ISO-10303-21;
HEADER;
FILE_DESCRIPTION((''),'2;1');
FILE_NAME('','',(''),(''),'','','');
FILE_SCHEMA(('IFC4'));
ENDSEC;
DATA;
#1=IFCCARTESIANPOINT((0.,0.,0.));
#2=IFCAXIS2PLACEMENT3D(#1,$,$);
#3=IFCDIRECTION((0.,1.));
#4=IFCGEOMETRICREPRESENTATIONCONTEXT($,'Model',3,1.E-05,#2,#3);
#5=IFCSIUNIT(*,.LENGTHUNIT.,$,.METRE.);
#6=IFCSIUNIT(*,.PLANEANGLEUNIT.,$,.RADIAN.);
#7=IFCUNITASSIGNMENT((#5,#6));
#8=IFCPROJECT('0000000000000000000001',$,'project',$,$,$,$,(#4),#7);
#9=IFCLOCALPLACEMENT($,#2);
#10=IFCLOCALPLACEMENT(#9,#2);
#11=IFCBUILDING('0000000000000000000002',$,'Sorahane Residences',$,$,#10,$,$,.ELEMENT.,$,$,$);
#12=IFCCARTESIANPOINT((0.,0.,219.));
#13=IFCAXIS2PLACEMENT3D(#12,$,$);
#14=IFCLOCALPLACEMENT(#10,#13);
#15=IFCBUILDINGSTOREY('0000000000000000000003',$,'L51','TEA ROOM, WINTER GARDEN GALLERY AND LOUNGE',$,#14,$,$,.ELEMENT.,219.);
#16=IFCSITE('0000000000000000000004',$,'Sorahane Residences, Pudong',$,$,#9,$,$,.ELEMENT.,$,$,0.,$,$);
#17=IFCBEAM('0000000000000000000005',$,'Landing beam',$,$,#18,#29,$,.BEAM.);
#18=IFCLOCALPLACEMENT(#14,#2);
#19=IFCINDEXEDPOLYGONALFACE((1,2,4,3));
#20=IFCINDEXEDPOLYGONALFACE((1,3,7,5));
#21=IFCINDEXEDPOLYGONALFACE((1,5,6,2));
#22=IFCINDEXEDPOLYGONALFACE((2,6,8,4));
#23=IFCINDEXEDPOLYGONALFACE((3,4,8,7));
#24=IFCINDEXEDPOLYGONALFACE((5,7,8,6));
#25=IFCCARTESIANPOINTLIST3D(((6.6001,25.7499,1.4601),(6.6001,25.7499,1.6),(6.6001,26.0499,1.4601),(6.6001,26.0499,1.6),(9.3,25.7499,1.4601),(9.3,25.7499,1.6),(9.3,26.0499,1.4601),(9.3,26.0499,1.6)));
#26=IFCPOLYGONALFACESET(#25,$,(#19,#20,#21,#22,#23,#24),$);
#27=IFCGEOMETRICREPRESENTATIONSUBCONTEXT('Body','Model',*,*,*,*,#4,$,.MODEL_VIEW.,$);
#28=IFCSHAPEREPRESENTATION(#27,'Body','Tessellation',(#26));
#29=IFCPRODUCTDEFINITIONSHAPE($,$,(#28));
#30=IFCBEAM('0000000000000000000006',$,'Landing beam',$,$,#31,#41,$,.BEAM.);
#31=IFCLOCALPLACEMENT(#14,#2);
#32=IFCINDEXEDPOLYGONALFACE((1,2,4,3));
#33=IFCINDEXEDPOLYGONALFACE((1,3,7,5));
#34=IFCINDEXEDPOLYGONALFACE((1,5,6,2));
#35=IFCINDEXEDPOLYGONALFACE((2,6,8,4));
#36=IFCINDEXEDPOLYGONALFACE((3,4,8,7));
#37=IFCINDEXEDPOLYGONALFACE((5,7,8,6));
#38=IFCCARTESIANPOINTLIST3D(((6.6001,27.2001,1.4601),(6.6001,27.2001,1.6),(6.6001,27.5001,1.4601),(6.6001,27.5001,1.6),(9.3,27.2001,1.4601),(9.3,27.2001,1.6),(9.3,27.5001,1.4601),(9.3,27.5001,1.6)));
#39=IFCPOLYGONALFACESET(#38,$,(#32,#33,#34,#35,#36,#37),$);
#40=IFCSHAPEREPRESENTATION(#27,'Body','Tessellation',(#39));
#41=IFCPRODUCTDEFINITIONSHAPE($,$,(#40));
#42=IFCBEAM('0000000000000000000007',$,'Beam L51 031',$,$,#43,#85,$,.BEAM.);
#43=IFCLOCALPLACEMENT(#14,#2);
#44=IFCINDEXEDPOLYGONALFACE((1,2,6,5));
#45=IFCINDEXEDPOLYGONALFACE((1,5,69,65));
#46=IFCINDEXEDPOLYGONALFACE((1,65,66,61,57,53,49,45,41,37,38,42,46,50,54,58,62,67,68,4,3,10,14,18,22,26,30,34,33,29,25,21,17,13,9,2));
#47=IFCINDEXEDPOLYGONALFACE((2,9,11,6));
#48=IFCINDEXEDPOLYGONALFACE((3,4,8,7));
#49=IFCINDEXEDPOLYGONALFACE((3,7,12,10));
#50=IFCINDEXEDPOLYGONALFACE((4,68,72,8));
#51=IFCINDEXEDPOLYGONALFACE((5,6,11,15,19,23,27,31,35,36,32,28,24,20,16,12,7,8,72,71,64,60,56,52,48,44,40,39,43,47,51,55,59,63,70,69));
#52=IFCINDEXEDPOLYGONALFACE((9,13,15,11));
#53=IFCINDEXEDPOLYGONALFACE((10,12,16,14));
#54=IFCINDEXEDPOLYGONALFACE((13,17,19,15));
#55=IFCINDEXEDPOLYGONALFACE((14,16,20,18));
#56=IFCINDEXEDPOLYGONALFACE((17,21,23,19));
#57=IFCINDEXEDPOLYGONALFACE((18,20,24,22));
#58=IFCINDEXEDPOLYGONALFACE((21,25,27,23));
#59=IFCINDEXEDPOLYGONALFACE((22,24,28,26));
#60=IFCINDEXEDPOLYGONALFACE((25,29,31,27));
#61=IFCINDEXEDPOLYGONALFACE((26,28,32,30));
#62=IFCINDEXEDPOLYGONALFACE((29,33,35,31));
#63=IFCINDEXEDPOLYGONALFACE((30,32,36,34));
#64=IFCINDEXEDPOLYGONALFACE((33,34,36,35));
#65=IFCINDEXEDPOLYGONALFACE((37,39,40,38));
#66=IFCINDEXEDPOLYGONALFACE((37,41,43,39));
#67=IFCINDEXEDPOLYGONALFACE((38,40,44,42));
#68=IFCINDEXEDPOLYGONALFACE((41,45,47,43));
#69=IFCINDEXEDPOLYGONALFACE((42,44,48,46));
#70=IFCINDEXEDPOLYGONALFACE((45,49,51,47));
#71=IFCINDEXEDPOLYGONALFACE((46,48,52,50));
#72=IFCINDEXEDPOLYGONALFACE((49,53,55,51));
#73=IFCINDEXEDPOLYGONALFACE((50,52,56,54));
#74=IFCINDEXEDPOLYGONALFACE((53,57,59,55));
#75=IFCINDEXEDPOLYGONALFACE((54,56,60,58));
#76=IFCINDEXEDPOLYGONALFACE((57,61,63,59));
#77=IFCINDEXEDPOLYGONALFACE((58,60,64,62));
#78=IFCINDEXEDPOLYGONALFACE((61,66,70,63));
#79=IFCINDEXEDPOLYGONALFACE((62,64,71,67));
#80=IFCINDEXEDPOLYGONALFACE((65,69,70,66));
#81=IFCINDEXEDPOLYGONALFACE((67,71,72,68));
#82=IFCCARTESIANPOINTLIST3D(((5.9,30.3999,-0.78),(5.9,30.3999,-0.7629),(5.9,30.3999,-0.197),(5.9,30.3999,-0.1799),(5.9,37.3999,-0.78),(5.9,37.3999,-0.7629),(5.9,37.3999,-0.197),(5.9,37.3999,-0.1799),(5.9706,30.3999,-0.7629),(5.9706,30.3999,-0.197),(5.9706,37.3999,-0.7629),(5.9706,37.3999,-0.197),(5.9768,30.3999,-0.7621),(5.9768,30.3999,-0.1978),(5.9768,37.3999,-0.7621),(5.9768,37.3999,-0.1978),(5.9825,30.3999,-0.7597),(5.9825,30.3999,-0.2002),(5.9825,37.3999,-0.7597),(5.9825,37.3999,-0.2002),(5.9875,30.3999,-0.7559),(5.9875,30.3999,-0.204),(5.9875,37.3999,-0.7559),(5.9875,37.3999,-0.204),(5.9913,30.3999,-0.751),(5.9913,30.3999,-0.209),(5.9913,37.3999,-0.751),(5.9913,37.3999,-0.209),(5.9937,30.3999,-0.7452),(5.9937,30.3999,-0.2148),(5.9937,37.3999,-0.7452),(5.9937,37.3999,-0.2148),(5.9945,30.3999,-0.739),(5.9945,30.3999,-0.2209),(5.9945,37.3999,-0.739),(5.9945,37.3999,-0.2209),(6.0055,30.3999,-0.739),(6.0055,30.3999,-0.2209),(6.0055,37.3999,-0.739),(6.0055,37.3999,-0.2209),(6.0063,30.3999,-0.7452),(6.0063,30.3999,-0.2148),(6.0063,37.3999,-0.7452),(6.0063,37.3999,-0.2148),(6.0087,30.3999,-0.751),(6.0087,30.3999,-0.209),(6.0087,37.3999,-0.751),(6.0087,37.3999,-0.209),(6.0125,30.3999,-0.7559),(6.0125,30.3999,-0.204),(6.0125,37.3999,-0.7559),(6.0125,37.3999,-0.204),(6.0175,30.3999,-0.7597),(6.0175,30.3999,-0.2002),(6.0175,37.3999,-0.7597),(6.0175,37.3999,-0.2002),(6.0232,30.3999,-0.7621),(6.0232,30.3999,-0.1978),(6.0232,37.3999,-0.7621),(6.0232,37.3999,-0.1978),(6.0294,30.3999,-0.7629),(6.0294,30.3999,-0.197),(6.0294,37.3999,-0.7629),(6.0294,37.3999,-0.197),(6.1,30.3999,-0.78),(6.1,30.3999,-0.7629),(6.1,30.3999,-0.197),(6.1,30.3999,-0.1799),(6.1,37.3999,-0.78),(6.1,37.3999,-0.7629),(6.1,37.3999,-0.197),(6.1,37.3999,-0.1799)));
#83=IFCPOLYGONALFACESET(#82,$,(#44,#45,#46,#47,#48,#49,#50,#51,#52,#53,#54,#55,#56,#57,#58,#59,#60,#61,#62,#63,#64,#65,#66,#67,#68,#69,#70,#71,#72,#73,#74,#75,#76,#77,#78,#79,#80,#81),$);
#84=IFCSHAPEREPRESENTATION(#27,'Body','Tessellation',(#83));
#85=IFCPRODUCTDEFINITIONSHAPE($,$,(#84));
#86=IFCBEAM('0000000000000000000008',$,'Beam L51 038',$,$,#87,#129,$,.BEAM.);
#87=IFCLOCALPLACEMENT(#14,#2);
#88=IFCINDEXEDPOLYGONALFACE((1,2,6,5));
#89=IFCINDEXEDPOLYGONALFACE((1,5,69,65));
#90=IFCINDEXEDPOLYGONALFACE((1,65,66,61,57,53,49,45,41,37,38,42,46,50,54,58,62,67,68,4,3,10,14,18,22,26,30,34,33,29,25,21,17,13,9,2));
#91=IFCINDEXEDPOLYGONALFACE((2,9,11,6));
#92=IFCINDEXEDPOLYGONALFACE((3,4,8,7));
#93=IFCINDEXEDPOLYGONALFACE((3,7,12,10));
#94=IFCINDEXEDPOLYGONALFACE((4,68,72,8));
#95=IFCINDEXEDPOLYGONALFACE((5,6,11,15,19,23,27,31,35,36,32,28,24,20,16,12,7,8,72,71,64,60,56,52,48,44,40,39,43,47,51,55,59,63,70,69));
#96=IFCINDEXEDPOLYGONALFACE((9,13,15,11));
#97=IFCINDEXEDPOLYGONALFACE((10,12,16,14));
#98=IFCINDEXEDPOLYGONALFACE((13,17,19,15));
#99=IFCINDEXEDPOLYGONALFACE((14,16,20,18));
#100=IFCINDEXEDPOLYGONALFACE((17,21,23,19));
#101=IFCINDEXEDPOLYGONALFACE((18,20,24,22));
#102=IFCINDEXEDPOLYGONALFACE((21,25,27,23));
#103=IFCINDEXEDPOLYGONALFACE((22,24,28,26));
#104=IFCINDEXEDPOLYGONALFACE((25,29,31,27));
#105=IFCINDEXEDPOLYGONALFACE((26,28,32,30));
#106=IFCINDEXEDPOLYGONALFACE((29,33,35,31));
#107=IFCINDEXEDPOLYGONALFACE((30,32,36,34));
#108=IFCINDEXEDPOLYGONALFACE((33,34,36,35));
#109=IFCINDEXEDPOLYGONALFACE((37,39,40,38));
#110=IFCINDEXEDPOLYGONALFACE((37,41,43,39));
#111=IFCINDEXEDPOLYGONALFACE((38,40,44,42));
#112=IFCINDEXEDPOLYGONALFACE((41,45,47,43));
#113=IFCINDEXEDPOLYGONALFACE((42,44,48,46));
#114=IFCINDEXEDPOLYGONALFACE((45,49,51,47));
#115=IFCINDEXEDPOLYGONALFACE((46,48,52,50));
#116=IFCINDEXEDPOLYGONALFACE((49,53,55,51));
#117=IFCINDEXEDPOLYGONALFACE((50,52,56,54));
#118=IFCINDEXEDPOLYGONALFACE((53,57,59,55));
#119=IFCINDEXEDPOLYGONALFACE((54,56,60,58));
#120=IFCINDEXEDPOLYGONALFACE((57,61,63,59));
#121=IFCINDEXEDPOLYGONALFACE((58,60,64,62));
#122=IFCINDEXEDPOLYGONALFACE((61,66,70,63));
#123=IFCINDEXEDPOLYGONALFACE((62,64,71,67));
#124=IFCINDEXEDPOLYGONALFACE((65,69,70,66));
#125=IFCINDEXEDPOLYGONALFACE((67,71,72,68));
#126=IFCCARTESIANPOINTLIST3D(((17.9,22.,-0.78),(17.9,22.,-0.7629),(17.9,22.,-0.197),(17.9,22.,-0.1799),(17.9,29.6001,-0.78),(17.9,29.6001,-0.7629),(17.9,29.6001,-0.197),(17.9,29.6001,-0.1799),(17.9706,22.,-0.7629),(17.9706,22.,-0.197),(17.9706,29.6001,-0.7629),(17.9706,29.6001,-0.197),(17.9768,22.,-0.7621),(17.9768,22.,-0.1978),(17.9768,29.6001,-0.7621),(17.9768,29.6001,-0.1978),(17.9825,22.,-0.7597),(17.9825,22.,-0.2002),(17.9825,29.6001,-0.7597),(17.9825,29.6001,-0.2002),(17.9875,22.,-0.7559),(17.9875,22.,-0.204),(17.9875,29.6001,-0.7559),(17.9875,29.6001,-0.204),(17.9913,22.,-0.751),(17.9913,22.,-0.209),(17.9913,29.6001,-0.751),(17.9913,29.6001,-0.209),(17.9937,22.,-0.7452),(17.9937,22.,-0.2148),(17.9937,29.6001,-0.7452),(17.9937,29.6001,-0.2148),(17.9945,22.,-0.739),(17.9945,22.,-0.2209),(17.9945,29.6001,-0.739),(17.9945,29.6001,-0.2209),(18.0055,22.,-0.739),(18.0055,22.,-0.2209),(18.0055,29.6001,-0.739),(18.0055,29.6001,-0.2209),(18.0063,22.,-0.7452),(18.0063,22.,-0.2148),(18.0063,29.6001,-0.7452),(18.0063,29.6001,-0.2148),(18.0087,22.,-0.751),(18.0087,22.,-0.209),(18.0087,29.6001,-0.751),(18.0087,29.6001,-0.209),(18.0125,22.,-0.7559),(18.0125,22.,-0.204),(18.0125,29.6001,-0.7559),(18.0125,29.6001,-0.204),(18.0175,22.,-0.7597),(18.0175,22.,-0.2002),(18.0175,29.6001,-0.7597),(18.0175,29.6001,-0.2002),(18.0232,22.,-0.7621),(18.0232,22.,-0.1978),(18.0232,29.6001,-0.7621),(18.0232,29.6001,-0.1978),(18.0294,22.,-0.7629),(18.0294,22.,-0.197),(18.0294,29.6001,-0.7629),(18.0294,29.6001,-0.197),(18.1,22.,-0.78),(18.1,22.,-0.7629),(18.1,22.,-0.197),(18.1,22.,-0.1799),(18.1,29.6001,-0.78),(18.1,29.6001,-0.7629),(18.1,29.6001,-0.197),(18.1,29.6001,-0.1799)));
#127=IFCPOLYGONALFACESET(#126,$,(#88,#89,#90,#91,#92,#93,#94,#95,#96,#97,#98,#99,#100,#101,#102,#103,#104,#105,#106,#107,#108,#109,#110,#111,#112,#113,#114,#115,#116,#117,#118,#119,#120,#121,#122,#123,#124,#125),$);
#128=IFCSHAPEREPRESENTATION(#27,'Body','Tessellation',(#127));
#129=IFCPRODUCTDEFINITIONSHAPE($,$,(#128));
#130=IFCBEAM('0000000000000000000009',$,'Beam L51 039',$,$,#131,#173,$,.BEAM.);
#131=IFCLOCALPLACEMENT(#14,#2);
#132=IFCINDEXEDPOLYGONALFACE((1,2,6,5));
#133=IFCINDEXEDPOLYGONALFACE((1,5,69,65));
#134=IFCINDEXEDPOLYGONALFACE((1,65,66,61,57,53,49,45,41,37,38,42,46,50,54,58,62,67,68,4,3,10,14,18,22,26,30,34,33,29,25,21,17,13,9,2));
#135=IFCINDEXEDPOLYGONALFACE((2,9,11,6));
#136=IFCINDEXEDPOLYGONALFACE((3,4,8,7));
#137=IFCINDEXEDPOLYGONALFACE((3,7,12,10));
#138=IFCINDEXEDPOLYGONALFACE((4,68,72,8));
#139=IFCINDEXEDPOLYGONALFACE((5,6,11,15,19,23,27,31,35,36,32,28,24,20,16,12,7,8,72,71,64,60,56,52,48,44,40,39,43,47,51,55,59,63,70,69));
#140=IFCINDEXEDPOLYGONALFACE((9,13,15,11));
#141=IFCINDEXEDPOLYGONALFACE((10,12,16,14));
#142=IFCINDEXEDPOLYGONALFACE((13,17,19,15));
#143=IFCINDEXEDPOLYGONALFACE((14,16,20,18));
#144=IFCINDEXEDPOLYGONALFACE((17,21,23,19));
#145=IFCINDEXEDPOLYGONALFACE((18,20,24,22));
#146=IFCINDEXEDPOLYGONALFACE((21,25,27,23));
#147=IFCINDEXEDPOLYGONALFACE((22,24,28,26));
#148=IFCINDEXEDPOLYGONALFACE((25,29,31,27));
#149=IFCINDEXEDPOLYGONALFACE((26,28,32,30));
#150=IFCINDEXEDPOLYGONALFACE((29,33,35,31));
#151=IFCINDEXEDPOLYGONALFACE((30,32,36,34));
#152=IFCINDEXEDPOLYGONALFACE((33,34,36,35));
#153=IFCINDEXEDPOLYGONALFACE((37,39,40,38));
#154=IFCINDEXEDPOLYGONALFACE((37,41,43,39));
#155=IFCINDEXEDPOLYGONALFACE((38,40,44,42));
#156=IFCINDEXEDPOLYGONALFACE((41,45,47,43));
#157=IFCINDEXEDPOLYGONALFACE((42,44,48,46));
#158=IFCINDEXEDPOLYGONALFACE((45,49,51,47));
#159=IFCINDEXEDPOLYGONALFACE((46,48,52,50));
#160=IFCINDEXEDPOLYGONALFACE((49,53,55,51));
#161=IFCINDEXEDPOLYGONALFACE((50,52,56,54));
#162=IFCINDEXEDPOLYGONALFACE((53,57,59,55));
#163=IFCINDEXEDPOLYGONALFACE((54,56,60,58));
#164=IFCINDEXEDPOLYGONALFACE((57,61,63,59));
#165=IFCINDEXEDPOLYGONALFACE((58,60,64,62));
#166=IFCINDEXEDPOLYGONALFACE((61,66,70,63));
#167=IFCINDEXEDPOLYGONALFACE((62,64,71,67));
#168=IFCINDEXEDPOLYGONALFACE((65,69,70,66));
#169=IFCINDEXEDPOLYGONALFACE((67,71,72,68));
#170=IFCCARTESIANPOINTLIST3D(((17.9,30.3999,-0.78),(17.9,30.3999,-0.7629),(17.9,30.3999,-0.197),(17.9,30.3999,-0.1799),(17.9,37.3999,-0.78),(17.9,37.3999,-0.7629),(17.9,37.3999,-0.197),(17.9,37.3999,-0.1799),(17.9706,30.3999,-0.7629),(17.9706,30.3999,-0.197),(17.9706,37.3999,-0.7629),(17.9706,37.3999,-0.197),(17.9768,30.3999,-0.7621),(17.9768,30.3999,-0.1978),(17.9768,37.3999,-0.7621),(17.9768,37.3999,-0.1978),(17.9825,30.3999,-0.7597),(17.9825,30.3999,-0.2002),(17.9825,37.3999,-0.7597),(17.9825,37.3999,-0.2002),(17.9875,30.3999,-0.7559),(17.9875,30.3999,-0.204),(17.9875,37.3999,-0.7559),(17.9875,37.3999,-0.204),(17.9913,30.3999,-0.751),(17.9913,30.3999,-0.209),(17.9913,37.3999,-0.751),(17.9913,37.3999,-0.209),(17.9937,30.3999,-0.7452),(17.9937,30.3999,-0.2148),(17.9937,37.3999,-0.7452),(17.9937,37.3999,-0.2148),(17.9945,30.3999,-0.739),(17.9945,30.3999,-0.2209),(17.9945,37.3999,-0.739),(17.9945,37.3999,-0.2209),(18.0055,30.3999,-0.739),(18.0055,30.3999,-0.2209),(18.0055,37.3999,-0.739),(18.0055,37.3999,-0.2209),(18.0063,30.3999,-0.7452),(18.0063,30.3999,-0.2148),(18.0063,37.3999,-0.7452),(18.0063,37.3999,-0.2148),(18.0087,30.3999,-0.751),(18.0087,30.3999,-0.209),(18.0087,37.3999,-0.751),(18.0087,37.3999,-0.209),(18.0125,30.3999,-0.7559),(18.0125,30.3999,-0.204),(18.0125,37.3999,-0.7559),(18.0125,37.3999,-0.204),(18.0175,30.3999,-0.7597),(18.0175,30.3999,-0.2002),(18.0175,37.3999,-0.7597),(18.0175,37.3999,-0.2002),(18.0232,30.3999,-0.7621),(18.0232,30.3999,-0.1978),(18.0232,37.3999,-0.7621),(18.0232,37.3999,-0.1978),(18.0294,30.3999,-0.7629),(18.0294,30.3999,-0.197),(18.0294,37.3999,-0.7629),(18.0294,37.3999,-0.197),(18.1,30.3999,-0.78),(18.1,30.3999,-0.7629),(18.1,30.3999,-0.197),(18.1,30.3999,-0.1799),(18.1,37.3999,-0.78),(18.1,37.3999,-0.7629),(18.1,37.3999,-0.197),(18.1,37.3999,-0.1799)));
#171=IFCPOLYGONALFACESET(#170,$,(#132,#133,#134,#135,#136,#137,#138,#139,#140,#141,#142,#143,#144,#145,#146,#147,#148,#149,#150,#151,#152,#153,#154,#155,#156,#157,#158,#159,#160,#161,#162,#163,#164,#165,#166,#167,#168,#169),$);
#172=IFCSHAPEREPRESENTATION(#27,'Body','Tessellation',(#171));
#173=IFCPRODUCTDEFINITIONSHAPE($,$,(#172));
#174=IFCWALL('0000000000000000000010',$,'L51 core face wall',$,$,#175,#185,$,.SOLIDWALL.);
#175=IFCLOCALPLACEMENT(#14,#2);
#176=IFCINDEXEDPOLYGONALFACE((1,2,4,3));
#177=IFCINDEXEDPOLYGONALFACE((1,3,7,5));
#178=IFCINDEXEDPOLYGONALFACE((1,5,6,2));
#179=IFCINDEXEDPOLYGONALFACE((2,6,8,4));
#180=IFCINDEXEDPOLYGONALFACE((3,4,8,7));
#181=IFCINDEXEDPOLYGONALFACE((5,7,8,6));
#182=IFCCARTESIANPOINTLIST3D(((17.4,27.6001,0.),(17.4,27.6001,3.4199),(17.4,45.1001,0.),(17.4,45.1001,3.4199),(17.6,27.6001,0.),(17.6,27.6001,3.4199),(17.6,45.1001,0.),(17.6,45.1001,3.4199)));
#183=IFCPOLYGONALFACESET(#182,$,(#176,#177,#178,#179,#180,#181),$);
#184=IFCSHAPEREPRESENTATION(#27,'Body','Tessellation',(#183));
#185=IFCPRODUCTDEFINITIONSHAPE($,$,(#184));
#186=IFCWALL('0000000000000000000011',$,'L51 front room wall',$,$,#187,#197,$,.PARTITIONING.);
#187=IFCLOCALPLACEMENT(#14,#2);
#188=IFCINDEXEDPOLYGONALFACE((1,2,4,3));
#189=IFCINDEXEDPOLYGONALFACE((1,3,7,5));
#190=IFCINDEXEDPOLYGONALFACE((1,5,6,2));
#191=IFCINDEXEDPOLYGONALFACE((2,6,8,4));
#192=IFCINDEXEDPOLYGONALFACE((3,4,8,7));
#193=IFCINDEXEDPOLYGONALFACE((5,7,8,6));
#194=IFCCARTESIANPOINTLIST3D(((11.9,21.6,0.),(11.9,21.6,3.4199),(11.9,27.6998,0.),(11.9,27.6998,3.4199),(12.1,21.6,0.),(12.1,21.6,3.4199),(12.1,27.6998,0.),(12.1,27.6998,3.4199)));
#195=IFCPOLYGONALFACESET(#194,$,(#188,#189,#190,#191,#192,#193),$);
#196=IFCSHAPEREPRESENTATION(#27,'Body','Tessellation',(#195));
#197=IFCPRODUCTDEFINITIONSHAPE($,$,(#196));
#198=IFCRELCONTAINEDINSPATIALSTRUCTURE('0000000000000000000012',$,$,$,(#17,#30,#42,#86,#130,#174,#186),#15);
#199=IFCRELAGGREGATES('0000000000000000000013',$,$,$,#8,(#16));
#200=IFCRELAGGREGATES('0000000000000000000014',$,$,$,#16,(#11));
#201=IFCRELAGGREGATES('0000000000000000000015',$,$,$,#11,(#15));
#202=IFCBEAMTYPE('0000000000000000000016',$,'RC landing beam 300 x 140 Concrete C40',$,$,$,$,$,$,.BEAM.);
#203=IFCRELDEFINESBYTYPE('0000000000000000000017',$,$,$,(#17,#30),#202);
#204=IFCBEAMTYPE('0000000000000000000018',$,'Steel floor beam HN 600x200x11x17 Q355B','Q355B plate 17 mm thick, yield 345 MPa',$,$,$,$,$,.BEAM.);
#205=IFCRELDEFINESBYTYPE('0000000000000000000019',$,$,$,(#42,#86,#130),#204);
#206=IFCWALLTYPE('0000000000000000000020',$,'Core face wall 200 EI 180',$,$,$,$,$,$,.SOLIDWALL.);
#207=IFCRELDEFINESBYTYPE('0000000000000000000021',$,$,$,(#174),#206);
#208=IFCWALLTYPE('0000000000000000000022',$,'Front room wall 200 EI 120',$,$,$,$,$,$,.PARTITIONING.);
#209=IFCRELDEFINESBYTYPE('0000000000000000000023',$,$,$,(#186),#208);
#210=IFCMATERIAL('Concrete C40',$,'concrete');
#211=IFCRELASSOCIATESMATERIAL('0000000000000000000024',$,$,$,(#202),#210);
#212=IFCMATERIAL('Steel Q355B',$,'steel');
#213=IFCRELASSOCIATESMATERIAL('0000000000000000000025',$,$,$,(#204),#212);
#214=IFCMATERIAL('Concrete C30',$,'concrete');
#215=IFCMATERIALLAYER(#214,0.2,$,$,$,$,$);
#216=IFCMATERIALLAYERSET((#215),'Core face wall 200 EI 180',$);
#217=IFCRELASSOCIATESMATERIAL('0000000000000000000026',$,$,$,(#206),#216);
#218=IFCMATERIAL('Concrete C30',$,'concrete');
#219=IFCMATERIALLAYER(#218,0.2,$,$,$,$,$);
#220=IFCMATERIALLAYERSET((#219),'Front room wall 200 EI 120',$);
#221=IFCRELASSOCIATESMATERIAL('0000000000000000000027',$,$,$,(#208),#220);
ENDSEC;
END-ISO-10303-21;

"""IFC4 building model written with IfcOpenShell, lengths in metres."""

from ifc_helpers import new_model, si_unit, direction, frame, frame_2d, origin, origin_2d, place, context, subcontext, project, spatial, rectangle, i_section, extrude, material, layer, layer_set, material_profile, profile_set, type_object, element, save


model = new_model("IFC4")

# Units and contexts
model_context = context("Model", 3, precision=1e-05, world=origin(), true_north=direction((0.0, 1.0)))
body_context = subcontext(model_context, "Body", "Model", "MODEL_VIEW")
ifc_project = project(units=[si_unit("LENGTHUNIT", "METRE"), si_unit("PLANEANGLEUNIT", "RADIAN")], contexts=[model_context])

# Site, building, storey
site_placement = place(None, origin())
site = spatial("IfcSite", under=ifc_project, at=site_placement, Name="Sorahane Residences, Pudong", CompositionType="ELEMENT", RefElevation=0.0)
building_placement = place(site_placement, origin())
building = spatial("IfcBuilding", under=site, at=building_placement, Name="Sorahane Residences", CompositionType="ELEMENT")
storey_placement = place(building_placement, frame((0.0, 0.0, 219.0)))
storey = spatial("IfcBuildingStorey", under=building, at=storey_placement, Name="L51", Description="TEA ROOM, WINTER GARDEN GALLERY AND LOUNGE", CompositionType="ELEMENT", Elevation=219.0)

# Beams
ifc_material_1 = material(Name="Concrete C40", Category="concrete")
ifc_material_profile_1 = material_profile(ifc_material_1, rectangle(XDim=0.3, YDim=0.1399, at=origin_2d()), Name="300x140")
ifc_profile_set_1 = profile_set([ifc_material_profile_1], Name="Concrete C40")
beam_type_1 = type_object("IfcBeamType", Name="RC landing beam 300 x 140 Concrete C40", PredefinedType="BEAM", material=ifc_profile_set_1)
for number, where, z_axis, x_axis, name in (
    (1, (6.6001, 25.8999, 1.53), (1.0, 0.0, 0.0), (0.0, 1.0, 0.0), "Landing beam"),
    (2, (6.6001, 27.3501, 1.53), (1.0, 0.0, 0.0), (0.0, 1.0, 0.0), "Landing beam"),
):
    element("IfcBeam", number, at=place(storey_placement, frame(where, z_axis=z_axis, x_axis=x_axis)), inside=storey, type_object=beam_type_1, Name=name, PredefinedType="BEAM", context=body_context, shape_type="SweptSolid", body=[
        extrude(rectangle(XDim=0.3, YDim=0.1399, at=origin_2d()), origin(), (0.0, 0.0, 1.0), 2.7),
    ])
ifc_material_2 = material(Name="Steel Q355B", Category="steel")
ifc_material_profile_2 = material_profile(ifc_material_2, i_section(OverallWidth=0.2, OverallDepth=0.6001, WebThickness=0.011, FlangeThickness=0.0171, FilletRadius=0.0239, at=origin_2d()), Name="HN 600x200x11x17")
ifc_profile_set_2 = profile_set([ifc_material_profile_2], Name="Steel Q355B")
beam_type_2 = type_object("IfcBeamType", Name="Steel floor beam HN 600x200x11x17 Q355B", Description="Q355B plate 17 mm thick, yield 345 MPa", PredefinedType="BEAM", material=ifc_profile_set_2)
beam_1_placement = place(storey_placement, frame((6.0, 30.3999, -0.48), z_axis=(0.0, 1.0, 0.0), x_axis=(-1.0, 0.0, 0.0)))
element("IfcBeam", 3, at=beam_1_placement, inside=storey, type_object=beam_type_2, Name="Beam L51 031", PredefinedType="BEAM", context=body_context, shape_type="SweptSolid", body=[
    extrude(i_section(OverallWidth=0.2, OverallDepth=0.6001, WebThickness=0.011, FlangeThickness=0.0171, FilletRadius=0.0239, at=origin_2d()), origin(), (0.0, 0.0, 1.0), 7.0),
])
beam_2_placement = place(storey_placement, frame((18.0, 22.0, -0.48), z_axis=(0.0, 1.0, 0.0), x_axis=(-1.0, 0.0, 0.0)))
element("IfcBeam", 4, at=beam_2_placement, inside=storey, type_object=beam_type_2, Name="Beam L51 038", PredefinedType="BEAM", context=body_context, shape_type="SweptSolid", body=[
    extrude(i_section(OverallWidth=0.2, OverallDepth=0.6001, WebThickness=0.011, FlangeThickness=0.0171, FilletRadius=0.0239, at=origin_2d()), origin(), (0.0, 0.0, 1.0), 7.6001),
])
beam_3_placement = place(storey_placement, frame((18.0, 30.3999, -0.48), z_axis=(0.0, 1.0, 0.0), x_axis=(-1.0, 0.0, 0.0)))
element("IfcBeam", 5, at=beam_3_placement, inside=storey, type_object=beam_type_2, Name="Beam L51 039", PredefinedType="BEAM", context=body_context, shape_type="SweptSolid", body=[
    extrude(i_section(OverallWidth=0.2, OverallDepth=0.6001, WebThickness=0.011, FlangeThickness=0.0171, FilletRadius=0.0239, at=origin_2d()), origin(), (0.0, 0.0, 1.0), 7.0),
])

# Walls
ifc_material_3 = material(Name="Concrete C30", Category="concrete")
ifc_layer_1 = layer(ifc_material_3, 0.2)
ifc_layer_set_1 = layer_set([ifc_layer_1], Name="Core face wall 200 EI 180")
wall_type_1 = type_object("IfcWallType", Name="Core face wall 200 EI 180", PredefinedType="SOLIDWALL", material=ifc_layer_set_1)
wall_1_placement = place(storey_placement, frame((17.5, 27.6001, 0.0), z_axis=(0.0, 0.0, 1.0), x_axis=(0.0, 1.0, 0.0)))
element("IfcWall", 6, at=wall_1_placement, inside=storey, type_object=wall_type_1, Name="L51 core face wall", PredefinedType="SOLIDWALL", context=body_context, shape_type="SweptSolid", body=[
    extrude(rectangle(XDim=17.5, YDim=0.2, at=frame_2d((8.75, 0.0))), origin(), (0.0, 0.0, 1.0), 3.4199),
])
ifc_material_4 = material(Name="Concrete C30", Category="concrete")
ifc_layer_2 = layer(ifc_material_4, 0.2)
ifc_layer_set_2 = layer_set([ifc_layer_2], Name="Front room wall 200 EI 120")
wall_type_2 = type_object("IfcWallType", Name="Front room wall 200 EI 120", PredefinedType="PARTITIONING", material=ifc_layer_set_2)
wall_2_placement = place(storey_placement, frame((12.0, 21.6001, 0.0), z_axis=(0.0, 0.0, 1.0), x_axis=(0.0, 1.0, 0.0)))
element("IfcWall", 7, at=wall_2_placement, inside=storey, type_object=wall_type_2, Name="L51 front room wall", PredefinedType="PARTITIONING", context=body_context, shape_type="SweptSolid", body=[
    extrude(rectangle(XDim=6.0999, YDim=0.2, at=frame_2d((3.0498, 0.0))), origin(), (0.0, 0.0, 1.0), 3.4199),
])

save(model, "model.ifc")
